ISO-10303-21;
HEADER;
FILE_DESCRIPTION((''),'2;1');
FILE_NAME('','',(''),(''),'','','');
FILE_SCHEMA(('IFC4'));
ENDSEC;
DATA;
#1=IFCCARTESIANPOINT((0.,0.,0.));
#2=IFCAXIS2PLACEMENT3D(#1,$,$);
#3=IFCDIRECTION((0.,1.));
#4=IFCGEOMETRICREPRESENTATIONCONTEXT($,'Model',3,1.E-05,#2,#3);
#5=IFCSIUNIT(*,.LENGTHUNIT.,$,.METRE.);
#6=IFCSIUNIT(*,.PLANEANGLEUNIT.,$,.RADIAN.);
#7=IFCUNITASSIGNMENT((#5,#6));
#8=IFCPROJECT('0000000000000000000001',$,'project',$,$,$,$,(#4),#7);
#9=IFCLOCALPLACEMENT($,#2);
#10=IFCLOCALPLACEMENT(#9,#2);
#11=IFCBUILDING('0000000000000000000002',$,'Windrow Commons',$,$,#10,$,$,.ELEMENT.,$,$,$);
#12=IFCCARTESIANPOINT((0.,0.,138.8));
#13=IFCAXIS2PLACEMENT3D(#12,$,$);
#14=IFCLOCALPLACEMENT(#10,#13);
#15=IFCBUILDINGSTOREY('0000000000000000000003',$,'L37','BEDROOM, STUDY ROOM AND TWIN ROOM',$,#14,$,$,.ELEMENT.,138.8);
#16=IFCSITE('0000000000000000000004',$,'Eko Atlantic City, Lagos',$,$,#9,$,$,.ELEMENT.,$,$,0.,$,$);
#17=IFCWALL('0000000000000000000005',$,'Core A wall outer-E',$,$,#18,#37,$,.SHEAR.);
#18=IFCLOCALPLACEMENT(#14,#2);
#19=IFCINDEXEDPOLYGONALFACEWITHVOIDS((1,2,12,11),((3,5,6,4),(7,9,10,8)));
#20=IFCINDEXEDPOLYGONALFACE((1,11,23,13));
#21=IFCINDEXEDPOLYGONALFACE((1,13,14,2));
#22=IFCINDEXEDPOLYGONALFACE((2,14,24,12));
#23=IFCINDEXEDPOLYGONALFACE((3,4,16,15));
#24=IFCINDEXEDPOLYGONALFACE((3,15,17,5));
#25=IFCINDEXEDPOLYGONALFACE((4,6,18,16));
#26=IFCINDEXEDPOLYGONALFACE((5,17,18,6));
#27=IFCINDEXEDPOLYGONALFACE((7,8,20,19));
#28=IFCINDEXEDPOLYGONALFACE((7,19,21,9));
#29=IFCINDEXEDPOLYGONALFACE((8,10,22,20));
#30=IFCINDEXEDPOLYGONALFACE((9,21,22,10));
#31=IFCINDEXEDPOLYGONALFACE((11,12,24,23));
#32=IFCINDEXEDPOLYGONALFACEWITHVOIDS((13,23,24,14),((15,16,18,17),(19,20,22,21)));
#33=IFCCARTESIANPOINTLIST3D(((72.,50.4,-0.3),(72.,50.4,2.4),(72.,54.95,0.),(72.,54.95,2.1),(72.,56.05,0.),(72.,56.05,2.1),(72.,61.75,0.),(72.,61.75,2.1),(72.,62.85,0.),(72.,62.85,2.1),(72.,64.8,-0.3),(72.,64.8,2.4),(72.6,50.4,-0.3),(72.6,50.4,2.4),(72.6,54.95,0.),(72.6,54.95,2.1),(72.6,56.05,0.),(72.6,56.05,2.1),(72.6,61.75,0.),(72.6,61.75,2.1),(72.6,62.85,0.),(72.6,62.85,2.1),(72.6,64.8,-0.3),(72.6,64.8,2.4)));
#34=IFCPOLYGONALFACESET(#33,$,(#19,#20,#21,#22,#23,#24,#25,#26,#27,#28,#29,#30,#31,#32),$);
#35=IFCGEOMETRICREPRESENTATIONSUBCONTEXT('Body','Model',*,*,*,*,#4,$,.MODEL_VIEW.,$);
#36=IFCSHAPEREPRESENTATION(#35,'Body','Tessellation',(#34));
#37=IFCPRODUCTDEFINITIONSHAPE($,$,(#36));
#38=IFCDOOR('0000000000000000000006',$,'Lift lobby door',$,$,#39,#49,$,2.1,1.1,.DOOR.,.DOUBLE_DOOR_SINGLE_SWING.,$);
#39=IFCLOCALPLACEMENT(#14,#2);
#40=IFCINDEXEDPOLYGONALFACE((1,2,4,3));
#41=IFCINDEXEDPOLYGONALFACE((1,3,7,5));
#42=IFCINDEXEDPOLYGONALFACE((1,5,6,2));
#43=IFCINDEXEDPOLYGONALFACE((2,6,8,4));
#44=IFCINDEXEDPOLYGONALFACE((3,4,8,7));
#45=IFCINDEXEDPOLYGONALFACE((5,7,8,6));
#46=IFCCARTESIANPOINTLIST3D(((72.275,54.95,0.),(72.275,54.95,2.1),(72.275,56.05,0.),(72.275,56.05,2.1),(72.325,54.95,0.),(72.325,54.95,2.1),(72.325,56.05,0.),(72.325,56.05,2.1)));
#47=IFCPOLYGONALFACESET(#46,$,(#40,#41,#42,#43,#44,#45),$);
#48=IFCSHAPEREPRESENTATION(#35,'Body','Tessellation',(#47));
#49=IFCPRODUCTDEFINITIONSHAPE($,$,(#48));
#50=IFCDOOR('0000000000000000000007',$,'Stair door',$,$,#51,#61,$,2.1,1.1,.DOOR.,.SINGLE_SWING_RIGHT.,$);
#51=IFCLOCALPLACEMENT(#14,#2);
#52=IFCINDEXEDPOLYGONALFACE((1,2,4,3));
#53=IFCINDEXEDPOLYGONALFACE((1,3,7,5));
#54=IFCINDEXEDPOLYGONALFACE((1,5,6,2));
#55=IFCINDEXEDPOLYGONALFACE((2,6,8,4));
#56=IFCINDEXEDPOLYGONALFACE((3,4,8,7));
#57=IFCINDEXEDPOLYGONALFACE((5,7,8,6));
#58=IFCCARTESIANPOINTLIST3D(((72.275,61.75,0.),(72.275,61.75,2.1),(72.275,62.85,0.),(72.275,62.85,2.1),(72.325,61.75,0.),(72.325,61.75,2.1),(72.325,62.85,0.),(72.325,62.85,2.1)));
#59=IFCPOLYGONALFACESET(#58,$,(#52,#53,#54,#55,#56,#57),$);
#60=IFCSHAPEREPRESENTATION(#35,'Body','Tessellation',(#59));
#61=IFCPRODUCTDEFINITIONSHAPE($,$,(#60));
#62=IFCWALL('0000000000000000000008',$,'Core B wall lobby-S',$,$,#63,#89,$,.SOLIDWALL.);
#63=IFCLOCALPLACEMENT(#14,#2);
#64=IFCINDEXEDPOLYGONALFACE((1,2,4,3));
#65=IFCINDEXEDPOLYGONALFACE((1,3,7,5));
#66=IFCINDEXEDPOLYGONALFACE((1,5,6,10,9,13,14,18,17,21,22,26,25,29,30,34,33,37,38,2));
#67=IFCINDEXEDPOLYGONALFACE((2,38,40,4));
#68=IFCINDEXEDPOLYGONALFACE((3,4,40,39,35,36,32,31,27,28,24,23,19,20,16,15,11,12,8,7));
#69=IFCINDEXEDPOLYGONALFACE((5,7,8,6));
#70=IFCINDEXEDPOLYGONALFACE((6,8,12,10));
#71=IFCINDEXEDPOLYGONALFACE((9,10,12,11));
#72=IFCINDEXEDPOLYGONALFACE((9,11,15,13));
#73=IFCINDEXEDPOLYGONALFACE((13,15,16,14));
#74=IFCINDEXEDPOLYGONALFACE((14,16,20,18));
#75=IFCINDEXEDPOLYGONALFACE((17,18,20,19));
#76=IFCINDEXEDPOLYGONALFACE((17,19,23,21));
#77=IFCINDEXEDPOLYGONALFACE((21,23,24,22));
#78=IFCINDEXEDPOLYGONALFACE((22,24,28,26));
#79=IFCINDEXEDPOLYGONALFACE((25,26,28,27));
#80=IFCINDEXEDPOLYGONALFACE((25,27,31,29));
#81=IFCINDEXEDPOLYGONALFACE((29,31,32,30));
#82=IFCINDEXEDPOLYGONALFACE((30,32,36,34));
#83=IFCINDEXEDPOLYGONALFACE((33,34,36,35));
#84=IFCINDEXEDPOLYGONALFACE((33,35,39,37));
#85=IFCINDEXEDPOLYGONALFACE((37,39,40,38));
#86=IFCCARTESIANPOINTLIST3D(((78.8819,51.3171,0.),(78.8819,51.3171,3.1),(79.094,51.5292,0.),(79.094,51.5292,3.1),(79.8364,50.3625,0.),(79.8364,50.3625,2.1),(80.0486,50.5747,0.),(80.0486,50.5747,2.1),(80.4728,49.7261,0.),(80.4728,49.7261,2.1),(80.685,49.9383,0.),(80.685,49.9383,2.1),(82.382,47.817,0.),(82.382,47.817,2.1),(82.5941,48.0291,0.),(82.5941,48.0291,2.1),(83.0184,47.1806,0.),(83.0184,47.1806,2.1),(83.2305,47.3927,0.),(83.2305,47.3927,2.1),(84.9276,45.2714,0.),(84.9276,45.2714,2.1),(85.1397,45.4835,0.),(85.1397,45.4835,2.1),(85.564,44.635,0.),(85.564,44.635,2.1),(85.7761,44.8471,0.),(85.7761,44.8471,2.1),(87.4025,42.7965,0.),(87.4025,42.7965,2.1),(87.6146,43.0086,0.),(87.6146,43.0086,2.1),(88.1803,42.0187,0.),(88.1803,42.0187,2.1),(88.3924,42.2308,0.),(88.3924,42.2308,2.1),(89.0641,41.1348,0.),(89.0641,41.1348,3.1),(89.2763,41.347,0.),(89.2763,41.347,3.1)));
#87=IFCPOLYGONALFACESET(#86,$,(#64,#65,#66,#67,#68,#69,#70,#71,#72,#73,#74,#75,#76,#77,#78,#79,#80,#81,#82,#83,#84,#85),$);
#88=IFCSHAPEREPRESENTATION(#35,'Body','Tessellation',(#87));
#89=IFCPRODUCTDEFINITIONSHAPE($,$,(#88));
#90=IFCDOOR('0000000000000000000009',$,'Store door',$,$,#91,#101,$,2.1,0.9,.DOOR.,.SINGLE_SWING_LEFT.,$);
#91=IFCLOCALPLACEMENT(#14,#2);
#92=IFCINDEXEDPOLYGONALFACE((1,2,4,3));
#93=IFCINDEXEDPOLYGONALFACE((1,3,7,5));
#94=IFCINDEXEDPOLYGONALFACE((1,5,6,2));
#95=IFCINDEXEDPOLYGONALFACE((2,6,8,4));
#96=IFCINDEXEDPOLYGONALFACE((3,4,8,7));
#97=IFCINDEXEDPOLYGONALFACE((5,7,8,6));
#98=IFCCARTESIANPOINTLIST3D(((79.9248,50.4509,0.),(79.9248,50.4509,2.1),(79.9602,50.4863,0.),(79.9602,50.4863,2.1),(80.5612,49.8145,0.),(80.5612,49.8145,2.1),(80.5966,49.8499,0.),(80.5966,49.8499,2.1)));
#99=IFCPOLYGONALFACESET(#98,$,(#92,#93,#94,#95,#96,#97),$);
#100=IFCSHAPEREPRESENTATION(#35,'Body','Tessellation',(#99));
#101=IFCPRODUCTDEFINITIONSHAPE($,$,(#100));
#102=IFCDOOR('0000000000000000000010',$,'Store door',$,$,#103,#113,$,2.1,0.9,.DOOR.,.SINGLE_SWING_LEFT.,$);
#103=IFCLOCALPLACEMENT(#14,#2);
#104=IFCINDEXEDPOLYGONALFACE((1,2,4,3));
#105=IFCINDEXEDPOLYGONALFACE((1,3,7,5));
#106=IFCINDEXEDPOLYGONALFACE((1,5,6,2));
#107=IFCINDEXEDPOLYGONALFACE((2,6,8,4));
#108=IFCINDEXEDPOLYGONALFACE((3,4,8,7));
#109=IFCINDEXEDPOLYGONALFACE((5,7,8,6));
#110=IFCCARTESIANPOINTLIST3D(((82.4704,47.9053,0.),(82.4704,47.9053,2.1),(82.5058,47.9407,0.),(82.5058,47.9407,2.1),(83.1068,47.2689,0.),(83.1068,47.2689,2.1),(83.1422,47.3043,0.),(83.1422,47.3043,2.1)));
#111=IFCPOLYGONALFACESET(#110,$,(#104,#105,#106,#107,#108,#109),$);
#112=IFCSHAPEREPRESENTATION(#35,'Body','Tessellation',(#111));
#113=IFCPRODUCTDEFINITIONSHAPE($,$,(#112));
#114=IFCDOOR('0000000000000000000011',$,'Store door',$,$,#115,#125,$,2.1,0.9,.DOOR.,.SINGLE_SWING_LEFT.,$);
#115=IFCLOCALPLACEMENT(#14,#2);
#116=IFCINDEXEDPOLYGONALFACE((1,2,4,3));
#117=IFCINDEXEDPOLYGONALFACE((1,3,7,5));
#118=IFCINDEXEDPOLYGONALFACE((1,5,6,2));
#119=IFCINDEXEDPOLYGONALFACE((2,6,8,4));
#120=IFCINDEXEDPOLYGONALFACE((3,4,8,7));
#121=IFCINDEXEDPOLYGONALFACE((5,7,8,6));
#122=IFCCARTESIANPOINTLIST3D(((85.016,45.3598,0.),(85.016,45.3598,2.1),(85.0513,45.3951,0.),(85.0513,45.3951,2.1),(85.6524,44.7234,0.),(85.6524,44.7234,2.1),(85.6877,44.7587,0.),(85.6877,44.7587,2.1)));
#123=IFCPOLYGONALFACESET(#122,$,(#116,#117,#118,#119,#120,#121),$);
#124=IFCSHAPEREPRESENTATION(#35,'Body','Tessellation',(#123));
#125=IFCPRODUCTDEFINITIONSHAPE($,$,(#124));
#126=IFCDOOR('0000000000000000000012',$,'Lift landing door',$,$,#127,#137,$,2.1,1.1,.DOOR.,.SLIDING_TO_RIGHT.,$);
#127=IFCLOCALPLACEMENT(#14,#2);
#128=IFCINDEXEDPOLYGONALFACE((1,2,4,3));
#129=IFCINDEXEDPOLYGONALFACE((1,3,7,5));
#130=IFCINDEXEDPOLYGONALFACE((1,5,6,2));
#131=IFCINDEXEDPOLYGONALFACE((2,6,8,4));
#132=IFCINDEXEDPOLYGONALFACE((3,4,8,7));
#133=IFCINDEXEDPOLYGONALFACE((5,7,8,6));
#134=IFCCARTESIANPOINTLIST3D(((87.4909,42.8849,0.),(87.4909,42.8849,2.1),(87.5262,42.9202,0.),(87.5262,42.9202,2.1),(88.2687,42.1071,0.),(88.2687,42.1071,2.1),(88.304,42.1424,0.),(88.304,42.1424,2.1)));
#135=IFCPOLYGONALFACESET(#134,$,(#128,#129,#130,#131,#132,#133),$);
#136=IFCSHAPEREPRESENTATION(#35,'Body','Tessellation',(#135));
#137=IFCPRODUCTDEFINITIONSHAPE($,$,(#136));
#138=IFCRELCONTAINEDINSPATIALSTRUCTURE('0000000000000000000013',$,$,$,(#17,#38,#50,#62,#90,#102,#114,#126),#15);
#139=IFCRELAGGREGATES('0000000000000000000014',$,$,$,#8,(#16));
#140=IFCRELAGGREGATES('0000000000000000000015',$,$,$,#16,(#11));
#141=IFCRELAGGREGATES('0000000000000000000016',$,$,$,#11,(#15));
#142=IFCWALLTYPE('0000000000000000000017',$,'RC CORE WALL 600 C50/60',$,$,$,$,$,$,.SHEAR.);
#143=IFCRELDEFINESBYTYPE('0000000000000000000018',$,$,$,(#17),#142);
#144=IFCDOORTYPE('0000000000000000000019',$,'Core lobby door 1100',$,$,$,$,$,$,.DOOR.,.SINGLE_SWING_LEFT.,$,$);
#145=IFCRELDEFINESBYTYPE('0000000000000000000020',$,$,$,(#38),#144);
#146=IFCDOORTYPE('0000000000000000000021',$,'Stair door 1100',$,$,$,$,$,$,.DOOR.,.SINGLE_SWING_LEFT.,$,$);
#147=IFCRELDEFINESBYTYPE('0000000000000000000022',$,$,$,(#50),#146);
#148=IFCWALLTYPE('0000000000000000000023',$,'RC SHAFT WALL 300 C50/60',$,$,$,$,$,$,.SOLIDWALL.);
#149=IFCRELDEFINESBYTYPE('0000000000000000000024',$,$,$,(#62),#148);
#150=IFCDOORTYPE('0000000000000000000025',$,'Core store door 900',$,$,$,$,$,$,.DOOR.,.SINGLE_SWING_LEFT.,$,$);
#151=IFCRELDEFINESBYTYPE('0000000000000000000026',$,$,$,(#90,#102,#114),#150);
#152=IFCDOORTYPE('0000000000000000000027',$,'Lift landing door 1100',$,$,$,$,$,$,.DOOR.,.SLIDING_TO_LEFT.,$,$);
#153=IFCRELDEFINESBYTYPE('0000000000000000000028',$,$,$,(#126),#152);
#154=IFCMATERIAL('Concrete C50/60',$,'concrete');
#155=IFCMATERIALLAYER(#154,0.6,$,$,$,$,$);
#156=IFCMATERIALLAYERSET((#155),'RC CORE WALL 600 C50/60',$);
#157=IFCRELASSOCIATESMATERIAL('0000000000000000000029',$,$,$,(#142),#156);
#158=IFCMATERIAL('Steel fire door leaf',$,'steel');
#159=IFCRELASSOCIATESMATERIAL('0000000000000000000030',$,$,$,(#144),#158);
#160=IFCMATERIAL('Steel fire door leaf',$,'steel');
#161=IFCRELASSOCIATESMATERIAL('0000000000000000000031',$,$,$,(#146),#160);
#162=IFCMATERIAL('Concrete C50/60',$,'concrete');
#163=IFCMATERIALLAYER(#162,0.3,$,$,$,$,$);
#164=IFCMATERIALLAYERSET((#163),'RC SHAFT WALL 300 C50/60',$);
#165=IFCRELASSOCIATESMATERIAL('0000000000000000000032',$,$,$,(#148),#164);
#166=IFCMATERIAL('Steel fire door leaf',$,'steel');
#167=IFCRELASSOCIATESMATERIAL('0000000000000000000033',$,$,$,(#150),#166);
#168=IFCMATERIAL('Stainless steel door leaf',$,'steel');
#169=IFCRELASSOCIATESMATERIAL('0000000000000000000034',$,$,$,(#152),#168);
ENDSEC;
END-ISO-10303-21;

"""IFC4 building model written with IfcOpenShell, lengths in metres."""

from ifc_helpers import new_model, si_unit, direction, frame, frame_2d, origin, place, context, subcontext, project, spatial, rectangle, extrude, material, layer, layer_set, type_object, element, fill, save


model = new_model("IFC4")

# Units and contexts
model_context = context("Model", 3, precision=1e-05, world=origin(), true_north=direction((0.0, 1.0)))
body_context = subcontext(model_context, "Body", "Model", "MODEL_VIEW")
ifc_project = project(units=[si_unit("LENGTHUNIT", "METRE"), si_unit("PLANEANGLEUNIT", "RADIAN")], contexts=[model_context])

# Site, building, storey
site_placement = place(None, origin())
site = spatial("IfcSite", under=ifc_project, at=site_placement, Name="Eko Atlantic City, Lagos", CompositionType="ELEMENT", RefElevation=0.0)
building_placement = place(site_placement, origin())
building = spatial("IfcBuilding", under=site, at=building_placement, Name="Windrow Commons", CompositionType="ELEMENT")
storey_placement = place(building_placement, frame((0.0, 0.0, 138.8)))
storey = spatial("IfcBuildingStorey", under=building, at=storey_placement, Name="L37", Description="BEDROOM, STUDY ROOM AND TWIN ROOM", CompositionType="ELEMENT", Elevation=138.8)

# Walls, openings, doors
ifc_material_1 = material(Name="Concrete C50/60", Category="concrete")
ifc_layer_1 = layer(ifc_material_1, 0.6)
ifc_layer_set_1 = layer_set([ifc_layer_1], Name="RC CORE WALL 600 C50/60")
wall_type_1 = type_object("IfcWallType", Name="RC CORE WALL 600 C50/60", PredefinedType="SHEAR", material=ifc_layer_set_1)
wall_1_placement = place(storey_placement, frame((72.3, 50.4, -0.3), z_axis=(0.0, 0.0, 1.0), x_axis=(0.0, 1.0, 0.0)))
wall_1 = element("IfcWall", 1, at=wall_1_placement, inside=storey, type_object=wall_type_1, Name="Core A wall outer-E", PredefinedType="SHEAR", context=body_context, shape_type="SweptSolid", body=[
    extrude(rectangle(XDim=14.4, YDim=0.6, at=frame_2d((7.2, 0.0))), origin(), (0.0, 0.0, 1.0), 2.7),
])
opening_1_placement = place(wall_1_placement, frame((4.55, 0.0, 0.3)))
opening_1 = element("IfcOpeningElement", 2, at=opening_1_placement, cuts=wall_1, PredefinedType="OPENING", context=body_context, shape_type="SweptSolid", body=[
    extrude(rectangle(XDim=1.1, YDim=2.1, at=frame_2d((0.55, 1.05))), frame((0.0, 0.31, 0.0), z_axis=(0.0, -1.0, 0.0), x_axis=(1.0, 0.0, 0.0)), (0.0, 0.0, 1.0), 0.62),
])
opening_2_placement = place(wall_1_placement, frame((11.35, 0.0, 0.3)))
opening_2 = element("IfcOpeningElement", 3, at=opening_2_placement, cuts=wall_1, PredefinedType="OPENING", context=body_context, shape_type="SweptSolid", body=[
    extrude(rectangle(XDim=1.1, YDim=2.1, at=frame_2d((0.55, 1.05))), frame((0.0, 0.31, 0.0), z_axis=(0.0, -1.0, 0.0), x_axis=(1.0, 0.0, 0.0)), (0.0, 0.0, 1.0), 0.62),
])
ifc_material_2 = material(Name="Steel fire door leaf", Category="steel")
door_type_1 = type_object("IfcDoorType", Name="Core lobby door 1100", OperationType="SINGLE_SWING_LEFT", PredefinedType="DOOR", material=ifc_material_2)
door_1_placement = place(opening_1_placement, origin())
door_1 = element("IfcDoor", 4, at=door_1_placement, inside=storey, type_object=door_type_1, Name="Lift lobby door", OperationType="DOUBLE_DOOR_SINGLE_SWING", OverallHeight=2.1, OverallWidth=1.1, PredefinedType="DOOR", context=body_context, shape_type="SweptSolid", body=[
    extrude(rectangle(XDim=1.1, YDim=2.1, at=frame_2d((0.55, 1.05))), frame((0.0, 0.025, 0.0), z_axis=(0.0, -1.0, 0.0), x_axis=(1.0, 0.0, 0.0)), (0.0, 0.0, 1.0), 0.05),
])
fill(opening_1, door_1)
ifc_material_3 = material(Name="Steel fire door leaf", Category="steel")
door_type_2 = type_object("IfcDoorType", Name="Stair door 1100", OperationType="SINGLE_SWING_LEFT", PredefinedType="DOOR", material=ifc_material_3)
door_2_placement = place(opening_2_placement, origin())
door_2 = element("IfcDoor", 5, at=door_2_placement, inside=storey, type_object=door_type_2, Name="Stair door", OperationType="SINGLE_SWING_RIGHT", OverallHeight=2.1, OverallWidth=1.1, PredefinedType="DOOR", context=body_context, shape_type="SweptSolid", body=[
    extrude(rectangle(XDim=1.1, YDim=2.1, at=frame_2d((0.55, 1.05))), frame((0.0, 0.025, 0.0), z_axis=(0.0, -1.0, 0.0), x_axis=(1.0, 0.0, 0.0)), (0.0, 0.0, 1.0), 0.05),
])
fill(opening_2, door_2)
ifc_material_4 = material(Name="Concrete C50/60", Category="concrete")
ifc_layer_2 = layer(ifc_material_4, 0.3)
ifc_layer_set_2 = layer_set([ifc_layer_2], Name="RC SHAFT WALL 300 C50/60")
wall_type_2 = type_object("IfcWallType", Name="RC SHAFT WALL 300 C50/60", PredefinedType="SOLIDWALL", material=ifc_layer_set_2)
wall_2_placement = place(storey_placement, frame((78.9879, 51.4232, 0.0), z_axis=(0.0, 0.0, 1.0), x_axis=(0.707107, -0.707107, 0.0)))
wall_2 = element("IfcWall", 6, at=wall_2_placement, inside=storey, type_object=wall_type_2, Name="Core B wall lobby-S", PredefinedType="SOLIDWALL", context=body_context, shape_type="SweptSolid", body=[
    extrude(rectangle(XDim=14.3999, YDim=0.3, at=frame_2d((7.2, 0.0))), origin(), (0.0, 0.0, 1.0), 3.1),
])
opening_3_placement = place(wall_2_placement, frame((1.35, 0.0, 0.0)))
opening_3 = element("IfcOpeningElement", 7, at=opening_3_placement, cuts=wall_2, PredefinedType="OPENING", context=body_context, shape_type="SweptSolid", body=[
    extrude(rectangle(XDim=0.9, YDim=2.1, at=frame_2d((0.45, 1.05))), frame((0.0, 0.16, 0.0), z_axis=(0.0, -1.0, 0.0), x_axis=(1.0, 0.0, 0.0)), (0.0, 0.0, 1.0), 0.32),
])
opening_4_placement = place(wall_2_placement, frame((4.95, 0.0, 0.0)))
opening_4 = element("IfcOpeningElement", 8, at=opening_4_placement, cuts=wall_2, PredefinedType="OPENING", context=body_context, shape_type="SweptSolid", body=[
    extrude(rectangle(XDim=0.9, YDim=2.1, at=frame_2d((0.45, 1.05))), frame((0.0, 0.16, 0.0), z_axis=(0.0, -1.0, 0.0), x_axis=(1.0, 0.0, 0.0)), (0.0, 0.0, 1.0), 0.32),
])
opening_5_placement = place(wall_2_placement, frame((8.55, 0.0, 0.0)))
opening_5 = element("IfcOpeningElement", 9, at=opening_5_placement, cuts=wall_2, PredefinedType="OPENING", context=body_context, shape_type="SweptSolid", body=[
    extrude(rectangle(XDim=0.9, YDim=2.1, at=frame_2d((0.45, 1.05))), frame((0.0, 0.16, 0.0), z_axis=(0.0, -1.0, 0.0), x_axis=(1.0, 0.0, 0.0)), (0.0, 0.0, 1.0), 0.32),
])
opening_6_placement = place(wall_2_placement, frame((12.05, 0.0, 0.0)))
opening_6 = element("IfcOpeningElement", 10, at=opening_6_placement, cuts=wall_2, PredefinedType="OPENING", context=body_context, shape_type="SweptSolid", body=[
    extrude(rectangle(XDim=1.1, YDim=2.1, at=frame_2d((0.55, 1.05))), frame((0.0, 0.16, 0.0), z_axis=(0.0, -1.0, 0.0), x_axis=(1.0, 0.0, 0.0)), (0.0, 0.0, 1.0), 0.32),
])
ifc_material_5 = material(Name="Steel fire door leaf", Category="steel")
door_type_3 = type_object("IfcDoorType", Name="Core store door 900", OperationType="SINGLE_SWING_LEFT", PredefinedType="DOOR", material=ifc_material_5)
door_3_placement = place(opening_3_placement, origin())
door_3 = element("IfcDoor", 11, at=door_3_placement, inside=storey, type_object=door_type_3, Name="Store door", OperationType="SINGLE_SWING_LEFT", OverallHeight=2.1, OverallWidth=0.9, PredefinedType="DOOR", context=body_context, shape_type="SweptSolid", body=[
    extrude(rectangle(XDim=0.9, YDim=2.1, at=frame_2d((0.45, 1.05))), frame((0.0, 0.025, 0.0), z_axis=(0.0, -1.0, 0.0), x_axis=(1.0, 0.0, 0.0)), (0.0, 0.0, 1.0), 0.05),
])
fill(opening_3, door_3)
door_4_placement = place(opening_4_placement, origin())
door_4 = element("IfcDoor", 12, at=door_4_placement, inside=storey, type_object=door_type_3, Name="Store door", OperationType="SINGLE_SWING_LEFT", OverallHeight=2.1, OverallWidth=0.9, PredefinedType="DOOR", context=body_context, shape_type="SweptSolid", body=[
    extrude(rectangle(XDim=0.9, YDim=2.1, at=frame_2d((0.45, 1.05))), frame((0.0, 0.025, 0.0), z_axis=(0.0, -1.0, 0.0), x_axis=(1.0, 0.0, 0.0)), (0.0, 0.0, 1.0), 0.05),
])
fill(opening_4, door_4)
door_5_placement = place(opening_5_placement, origin())
door_5 = element("IfcDoor", 13, at=door_5_placement, inside=storey, type_object=door_type_3, Name="Store door", OperationType="SINGLE_SWING_LEFT", OverallHeight=2.1, OverallWidth=0.9, PredefinedType="DOOR", context=body_context, shape_type="SweptSolid", body=[
    extrude(rectangle(XDim=0.9, YDim=2.1, at=frame_2d((0.45, 1.05))), frame((0.0, 0.025, 0.0), z_axis=(0.0, -1.0, 0.0), x_axis=(1.0, 0.0, 0.0)), (0.0, 0.0, 1.0), 0.05),
])
fill(opening_5, door_5)
ifc_material_6 = material(Name="Stainless steel door leaf", Category="steel")
door_type_4 = type_object("IfcDoorType", Name="Lift landing door 1100", OperationType="SLIDING_TO_LEFT", PredefinedType="DOOR", material=ifc_material_6)
door_6_placement = place(opening_6_placement, origin())
door_6 = element("IfcDoor", 14, at=door_6_placement, inside=storey, type_object=door_type_4, Name="Lift landing door", OperationType="SLIDING_TO_RIGHT", OverallHeight=2.1, OverallWidth=1.1, PredefinedType="DOOR", context=body_context, shape_type="SweptSolid", body=[
    extrude(rectangle(XDim=1.1, YDim=2.1, at=frame_2d((0.55, 1.05))), frame((0.0, 0.025, 0.0), z_axis=(0.0, -1.0, 0.0), x_axis=(1.0, 0.0, 0.0)), (0.0, 0.0, 1.0), 0.05),
])
fill(opening_6, door_6)

save(model, "model.ifc")
